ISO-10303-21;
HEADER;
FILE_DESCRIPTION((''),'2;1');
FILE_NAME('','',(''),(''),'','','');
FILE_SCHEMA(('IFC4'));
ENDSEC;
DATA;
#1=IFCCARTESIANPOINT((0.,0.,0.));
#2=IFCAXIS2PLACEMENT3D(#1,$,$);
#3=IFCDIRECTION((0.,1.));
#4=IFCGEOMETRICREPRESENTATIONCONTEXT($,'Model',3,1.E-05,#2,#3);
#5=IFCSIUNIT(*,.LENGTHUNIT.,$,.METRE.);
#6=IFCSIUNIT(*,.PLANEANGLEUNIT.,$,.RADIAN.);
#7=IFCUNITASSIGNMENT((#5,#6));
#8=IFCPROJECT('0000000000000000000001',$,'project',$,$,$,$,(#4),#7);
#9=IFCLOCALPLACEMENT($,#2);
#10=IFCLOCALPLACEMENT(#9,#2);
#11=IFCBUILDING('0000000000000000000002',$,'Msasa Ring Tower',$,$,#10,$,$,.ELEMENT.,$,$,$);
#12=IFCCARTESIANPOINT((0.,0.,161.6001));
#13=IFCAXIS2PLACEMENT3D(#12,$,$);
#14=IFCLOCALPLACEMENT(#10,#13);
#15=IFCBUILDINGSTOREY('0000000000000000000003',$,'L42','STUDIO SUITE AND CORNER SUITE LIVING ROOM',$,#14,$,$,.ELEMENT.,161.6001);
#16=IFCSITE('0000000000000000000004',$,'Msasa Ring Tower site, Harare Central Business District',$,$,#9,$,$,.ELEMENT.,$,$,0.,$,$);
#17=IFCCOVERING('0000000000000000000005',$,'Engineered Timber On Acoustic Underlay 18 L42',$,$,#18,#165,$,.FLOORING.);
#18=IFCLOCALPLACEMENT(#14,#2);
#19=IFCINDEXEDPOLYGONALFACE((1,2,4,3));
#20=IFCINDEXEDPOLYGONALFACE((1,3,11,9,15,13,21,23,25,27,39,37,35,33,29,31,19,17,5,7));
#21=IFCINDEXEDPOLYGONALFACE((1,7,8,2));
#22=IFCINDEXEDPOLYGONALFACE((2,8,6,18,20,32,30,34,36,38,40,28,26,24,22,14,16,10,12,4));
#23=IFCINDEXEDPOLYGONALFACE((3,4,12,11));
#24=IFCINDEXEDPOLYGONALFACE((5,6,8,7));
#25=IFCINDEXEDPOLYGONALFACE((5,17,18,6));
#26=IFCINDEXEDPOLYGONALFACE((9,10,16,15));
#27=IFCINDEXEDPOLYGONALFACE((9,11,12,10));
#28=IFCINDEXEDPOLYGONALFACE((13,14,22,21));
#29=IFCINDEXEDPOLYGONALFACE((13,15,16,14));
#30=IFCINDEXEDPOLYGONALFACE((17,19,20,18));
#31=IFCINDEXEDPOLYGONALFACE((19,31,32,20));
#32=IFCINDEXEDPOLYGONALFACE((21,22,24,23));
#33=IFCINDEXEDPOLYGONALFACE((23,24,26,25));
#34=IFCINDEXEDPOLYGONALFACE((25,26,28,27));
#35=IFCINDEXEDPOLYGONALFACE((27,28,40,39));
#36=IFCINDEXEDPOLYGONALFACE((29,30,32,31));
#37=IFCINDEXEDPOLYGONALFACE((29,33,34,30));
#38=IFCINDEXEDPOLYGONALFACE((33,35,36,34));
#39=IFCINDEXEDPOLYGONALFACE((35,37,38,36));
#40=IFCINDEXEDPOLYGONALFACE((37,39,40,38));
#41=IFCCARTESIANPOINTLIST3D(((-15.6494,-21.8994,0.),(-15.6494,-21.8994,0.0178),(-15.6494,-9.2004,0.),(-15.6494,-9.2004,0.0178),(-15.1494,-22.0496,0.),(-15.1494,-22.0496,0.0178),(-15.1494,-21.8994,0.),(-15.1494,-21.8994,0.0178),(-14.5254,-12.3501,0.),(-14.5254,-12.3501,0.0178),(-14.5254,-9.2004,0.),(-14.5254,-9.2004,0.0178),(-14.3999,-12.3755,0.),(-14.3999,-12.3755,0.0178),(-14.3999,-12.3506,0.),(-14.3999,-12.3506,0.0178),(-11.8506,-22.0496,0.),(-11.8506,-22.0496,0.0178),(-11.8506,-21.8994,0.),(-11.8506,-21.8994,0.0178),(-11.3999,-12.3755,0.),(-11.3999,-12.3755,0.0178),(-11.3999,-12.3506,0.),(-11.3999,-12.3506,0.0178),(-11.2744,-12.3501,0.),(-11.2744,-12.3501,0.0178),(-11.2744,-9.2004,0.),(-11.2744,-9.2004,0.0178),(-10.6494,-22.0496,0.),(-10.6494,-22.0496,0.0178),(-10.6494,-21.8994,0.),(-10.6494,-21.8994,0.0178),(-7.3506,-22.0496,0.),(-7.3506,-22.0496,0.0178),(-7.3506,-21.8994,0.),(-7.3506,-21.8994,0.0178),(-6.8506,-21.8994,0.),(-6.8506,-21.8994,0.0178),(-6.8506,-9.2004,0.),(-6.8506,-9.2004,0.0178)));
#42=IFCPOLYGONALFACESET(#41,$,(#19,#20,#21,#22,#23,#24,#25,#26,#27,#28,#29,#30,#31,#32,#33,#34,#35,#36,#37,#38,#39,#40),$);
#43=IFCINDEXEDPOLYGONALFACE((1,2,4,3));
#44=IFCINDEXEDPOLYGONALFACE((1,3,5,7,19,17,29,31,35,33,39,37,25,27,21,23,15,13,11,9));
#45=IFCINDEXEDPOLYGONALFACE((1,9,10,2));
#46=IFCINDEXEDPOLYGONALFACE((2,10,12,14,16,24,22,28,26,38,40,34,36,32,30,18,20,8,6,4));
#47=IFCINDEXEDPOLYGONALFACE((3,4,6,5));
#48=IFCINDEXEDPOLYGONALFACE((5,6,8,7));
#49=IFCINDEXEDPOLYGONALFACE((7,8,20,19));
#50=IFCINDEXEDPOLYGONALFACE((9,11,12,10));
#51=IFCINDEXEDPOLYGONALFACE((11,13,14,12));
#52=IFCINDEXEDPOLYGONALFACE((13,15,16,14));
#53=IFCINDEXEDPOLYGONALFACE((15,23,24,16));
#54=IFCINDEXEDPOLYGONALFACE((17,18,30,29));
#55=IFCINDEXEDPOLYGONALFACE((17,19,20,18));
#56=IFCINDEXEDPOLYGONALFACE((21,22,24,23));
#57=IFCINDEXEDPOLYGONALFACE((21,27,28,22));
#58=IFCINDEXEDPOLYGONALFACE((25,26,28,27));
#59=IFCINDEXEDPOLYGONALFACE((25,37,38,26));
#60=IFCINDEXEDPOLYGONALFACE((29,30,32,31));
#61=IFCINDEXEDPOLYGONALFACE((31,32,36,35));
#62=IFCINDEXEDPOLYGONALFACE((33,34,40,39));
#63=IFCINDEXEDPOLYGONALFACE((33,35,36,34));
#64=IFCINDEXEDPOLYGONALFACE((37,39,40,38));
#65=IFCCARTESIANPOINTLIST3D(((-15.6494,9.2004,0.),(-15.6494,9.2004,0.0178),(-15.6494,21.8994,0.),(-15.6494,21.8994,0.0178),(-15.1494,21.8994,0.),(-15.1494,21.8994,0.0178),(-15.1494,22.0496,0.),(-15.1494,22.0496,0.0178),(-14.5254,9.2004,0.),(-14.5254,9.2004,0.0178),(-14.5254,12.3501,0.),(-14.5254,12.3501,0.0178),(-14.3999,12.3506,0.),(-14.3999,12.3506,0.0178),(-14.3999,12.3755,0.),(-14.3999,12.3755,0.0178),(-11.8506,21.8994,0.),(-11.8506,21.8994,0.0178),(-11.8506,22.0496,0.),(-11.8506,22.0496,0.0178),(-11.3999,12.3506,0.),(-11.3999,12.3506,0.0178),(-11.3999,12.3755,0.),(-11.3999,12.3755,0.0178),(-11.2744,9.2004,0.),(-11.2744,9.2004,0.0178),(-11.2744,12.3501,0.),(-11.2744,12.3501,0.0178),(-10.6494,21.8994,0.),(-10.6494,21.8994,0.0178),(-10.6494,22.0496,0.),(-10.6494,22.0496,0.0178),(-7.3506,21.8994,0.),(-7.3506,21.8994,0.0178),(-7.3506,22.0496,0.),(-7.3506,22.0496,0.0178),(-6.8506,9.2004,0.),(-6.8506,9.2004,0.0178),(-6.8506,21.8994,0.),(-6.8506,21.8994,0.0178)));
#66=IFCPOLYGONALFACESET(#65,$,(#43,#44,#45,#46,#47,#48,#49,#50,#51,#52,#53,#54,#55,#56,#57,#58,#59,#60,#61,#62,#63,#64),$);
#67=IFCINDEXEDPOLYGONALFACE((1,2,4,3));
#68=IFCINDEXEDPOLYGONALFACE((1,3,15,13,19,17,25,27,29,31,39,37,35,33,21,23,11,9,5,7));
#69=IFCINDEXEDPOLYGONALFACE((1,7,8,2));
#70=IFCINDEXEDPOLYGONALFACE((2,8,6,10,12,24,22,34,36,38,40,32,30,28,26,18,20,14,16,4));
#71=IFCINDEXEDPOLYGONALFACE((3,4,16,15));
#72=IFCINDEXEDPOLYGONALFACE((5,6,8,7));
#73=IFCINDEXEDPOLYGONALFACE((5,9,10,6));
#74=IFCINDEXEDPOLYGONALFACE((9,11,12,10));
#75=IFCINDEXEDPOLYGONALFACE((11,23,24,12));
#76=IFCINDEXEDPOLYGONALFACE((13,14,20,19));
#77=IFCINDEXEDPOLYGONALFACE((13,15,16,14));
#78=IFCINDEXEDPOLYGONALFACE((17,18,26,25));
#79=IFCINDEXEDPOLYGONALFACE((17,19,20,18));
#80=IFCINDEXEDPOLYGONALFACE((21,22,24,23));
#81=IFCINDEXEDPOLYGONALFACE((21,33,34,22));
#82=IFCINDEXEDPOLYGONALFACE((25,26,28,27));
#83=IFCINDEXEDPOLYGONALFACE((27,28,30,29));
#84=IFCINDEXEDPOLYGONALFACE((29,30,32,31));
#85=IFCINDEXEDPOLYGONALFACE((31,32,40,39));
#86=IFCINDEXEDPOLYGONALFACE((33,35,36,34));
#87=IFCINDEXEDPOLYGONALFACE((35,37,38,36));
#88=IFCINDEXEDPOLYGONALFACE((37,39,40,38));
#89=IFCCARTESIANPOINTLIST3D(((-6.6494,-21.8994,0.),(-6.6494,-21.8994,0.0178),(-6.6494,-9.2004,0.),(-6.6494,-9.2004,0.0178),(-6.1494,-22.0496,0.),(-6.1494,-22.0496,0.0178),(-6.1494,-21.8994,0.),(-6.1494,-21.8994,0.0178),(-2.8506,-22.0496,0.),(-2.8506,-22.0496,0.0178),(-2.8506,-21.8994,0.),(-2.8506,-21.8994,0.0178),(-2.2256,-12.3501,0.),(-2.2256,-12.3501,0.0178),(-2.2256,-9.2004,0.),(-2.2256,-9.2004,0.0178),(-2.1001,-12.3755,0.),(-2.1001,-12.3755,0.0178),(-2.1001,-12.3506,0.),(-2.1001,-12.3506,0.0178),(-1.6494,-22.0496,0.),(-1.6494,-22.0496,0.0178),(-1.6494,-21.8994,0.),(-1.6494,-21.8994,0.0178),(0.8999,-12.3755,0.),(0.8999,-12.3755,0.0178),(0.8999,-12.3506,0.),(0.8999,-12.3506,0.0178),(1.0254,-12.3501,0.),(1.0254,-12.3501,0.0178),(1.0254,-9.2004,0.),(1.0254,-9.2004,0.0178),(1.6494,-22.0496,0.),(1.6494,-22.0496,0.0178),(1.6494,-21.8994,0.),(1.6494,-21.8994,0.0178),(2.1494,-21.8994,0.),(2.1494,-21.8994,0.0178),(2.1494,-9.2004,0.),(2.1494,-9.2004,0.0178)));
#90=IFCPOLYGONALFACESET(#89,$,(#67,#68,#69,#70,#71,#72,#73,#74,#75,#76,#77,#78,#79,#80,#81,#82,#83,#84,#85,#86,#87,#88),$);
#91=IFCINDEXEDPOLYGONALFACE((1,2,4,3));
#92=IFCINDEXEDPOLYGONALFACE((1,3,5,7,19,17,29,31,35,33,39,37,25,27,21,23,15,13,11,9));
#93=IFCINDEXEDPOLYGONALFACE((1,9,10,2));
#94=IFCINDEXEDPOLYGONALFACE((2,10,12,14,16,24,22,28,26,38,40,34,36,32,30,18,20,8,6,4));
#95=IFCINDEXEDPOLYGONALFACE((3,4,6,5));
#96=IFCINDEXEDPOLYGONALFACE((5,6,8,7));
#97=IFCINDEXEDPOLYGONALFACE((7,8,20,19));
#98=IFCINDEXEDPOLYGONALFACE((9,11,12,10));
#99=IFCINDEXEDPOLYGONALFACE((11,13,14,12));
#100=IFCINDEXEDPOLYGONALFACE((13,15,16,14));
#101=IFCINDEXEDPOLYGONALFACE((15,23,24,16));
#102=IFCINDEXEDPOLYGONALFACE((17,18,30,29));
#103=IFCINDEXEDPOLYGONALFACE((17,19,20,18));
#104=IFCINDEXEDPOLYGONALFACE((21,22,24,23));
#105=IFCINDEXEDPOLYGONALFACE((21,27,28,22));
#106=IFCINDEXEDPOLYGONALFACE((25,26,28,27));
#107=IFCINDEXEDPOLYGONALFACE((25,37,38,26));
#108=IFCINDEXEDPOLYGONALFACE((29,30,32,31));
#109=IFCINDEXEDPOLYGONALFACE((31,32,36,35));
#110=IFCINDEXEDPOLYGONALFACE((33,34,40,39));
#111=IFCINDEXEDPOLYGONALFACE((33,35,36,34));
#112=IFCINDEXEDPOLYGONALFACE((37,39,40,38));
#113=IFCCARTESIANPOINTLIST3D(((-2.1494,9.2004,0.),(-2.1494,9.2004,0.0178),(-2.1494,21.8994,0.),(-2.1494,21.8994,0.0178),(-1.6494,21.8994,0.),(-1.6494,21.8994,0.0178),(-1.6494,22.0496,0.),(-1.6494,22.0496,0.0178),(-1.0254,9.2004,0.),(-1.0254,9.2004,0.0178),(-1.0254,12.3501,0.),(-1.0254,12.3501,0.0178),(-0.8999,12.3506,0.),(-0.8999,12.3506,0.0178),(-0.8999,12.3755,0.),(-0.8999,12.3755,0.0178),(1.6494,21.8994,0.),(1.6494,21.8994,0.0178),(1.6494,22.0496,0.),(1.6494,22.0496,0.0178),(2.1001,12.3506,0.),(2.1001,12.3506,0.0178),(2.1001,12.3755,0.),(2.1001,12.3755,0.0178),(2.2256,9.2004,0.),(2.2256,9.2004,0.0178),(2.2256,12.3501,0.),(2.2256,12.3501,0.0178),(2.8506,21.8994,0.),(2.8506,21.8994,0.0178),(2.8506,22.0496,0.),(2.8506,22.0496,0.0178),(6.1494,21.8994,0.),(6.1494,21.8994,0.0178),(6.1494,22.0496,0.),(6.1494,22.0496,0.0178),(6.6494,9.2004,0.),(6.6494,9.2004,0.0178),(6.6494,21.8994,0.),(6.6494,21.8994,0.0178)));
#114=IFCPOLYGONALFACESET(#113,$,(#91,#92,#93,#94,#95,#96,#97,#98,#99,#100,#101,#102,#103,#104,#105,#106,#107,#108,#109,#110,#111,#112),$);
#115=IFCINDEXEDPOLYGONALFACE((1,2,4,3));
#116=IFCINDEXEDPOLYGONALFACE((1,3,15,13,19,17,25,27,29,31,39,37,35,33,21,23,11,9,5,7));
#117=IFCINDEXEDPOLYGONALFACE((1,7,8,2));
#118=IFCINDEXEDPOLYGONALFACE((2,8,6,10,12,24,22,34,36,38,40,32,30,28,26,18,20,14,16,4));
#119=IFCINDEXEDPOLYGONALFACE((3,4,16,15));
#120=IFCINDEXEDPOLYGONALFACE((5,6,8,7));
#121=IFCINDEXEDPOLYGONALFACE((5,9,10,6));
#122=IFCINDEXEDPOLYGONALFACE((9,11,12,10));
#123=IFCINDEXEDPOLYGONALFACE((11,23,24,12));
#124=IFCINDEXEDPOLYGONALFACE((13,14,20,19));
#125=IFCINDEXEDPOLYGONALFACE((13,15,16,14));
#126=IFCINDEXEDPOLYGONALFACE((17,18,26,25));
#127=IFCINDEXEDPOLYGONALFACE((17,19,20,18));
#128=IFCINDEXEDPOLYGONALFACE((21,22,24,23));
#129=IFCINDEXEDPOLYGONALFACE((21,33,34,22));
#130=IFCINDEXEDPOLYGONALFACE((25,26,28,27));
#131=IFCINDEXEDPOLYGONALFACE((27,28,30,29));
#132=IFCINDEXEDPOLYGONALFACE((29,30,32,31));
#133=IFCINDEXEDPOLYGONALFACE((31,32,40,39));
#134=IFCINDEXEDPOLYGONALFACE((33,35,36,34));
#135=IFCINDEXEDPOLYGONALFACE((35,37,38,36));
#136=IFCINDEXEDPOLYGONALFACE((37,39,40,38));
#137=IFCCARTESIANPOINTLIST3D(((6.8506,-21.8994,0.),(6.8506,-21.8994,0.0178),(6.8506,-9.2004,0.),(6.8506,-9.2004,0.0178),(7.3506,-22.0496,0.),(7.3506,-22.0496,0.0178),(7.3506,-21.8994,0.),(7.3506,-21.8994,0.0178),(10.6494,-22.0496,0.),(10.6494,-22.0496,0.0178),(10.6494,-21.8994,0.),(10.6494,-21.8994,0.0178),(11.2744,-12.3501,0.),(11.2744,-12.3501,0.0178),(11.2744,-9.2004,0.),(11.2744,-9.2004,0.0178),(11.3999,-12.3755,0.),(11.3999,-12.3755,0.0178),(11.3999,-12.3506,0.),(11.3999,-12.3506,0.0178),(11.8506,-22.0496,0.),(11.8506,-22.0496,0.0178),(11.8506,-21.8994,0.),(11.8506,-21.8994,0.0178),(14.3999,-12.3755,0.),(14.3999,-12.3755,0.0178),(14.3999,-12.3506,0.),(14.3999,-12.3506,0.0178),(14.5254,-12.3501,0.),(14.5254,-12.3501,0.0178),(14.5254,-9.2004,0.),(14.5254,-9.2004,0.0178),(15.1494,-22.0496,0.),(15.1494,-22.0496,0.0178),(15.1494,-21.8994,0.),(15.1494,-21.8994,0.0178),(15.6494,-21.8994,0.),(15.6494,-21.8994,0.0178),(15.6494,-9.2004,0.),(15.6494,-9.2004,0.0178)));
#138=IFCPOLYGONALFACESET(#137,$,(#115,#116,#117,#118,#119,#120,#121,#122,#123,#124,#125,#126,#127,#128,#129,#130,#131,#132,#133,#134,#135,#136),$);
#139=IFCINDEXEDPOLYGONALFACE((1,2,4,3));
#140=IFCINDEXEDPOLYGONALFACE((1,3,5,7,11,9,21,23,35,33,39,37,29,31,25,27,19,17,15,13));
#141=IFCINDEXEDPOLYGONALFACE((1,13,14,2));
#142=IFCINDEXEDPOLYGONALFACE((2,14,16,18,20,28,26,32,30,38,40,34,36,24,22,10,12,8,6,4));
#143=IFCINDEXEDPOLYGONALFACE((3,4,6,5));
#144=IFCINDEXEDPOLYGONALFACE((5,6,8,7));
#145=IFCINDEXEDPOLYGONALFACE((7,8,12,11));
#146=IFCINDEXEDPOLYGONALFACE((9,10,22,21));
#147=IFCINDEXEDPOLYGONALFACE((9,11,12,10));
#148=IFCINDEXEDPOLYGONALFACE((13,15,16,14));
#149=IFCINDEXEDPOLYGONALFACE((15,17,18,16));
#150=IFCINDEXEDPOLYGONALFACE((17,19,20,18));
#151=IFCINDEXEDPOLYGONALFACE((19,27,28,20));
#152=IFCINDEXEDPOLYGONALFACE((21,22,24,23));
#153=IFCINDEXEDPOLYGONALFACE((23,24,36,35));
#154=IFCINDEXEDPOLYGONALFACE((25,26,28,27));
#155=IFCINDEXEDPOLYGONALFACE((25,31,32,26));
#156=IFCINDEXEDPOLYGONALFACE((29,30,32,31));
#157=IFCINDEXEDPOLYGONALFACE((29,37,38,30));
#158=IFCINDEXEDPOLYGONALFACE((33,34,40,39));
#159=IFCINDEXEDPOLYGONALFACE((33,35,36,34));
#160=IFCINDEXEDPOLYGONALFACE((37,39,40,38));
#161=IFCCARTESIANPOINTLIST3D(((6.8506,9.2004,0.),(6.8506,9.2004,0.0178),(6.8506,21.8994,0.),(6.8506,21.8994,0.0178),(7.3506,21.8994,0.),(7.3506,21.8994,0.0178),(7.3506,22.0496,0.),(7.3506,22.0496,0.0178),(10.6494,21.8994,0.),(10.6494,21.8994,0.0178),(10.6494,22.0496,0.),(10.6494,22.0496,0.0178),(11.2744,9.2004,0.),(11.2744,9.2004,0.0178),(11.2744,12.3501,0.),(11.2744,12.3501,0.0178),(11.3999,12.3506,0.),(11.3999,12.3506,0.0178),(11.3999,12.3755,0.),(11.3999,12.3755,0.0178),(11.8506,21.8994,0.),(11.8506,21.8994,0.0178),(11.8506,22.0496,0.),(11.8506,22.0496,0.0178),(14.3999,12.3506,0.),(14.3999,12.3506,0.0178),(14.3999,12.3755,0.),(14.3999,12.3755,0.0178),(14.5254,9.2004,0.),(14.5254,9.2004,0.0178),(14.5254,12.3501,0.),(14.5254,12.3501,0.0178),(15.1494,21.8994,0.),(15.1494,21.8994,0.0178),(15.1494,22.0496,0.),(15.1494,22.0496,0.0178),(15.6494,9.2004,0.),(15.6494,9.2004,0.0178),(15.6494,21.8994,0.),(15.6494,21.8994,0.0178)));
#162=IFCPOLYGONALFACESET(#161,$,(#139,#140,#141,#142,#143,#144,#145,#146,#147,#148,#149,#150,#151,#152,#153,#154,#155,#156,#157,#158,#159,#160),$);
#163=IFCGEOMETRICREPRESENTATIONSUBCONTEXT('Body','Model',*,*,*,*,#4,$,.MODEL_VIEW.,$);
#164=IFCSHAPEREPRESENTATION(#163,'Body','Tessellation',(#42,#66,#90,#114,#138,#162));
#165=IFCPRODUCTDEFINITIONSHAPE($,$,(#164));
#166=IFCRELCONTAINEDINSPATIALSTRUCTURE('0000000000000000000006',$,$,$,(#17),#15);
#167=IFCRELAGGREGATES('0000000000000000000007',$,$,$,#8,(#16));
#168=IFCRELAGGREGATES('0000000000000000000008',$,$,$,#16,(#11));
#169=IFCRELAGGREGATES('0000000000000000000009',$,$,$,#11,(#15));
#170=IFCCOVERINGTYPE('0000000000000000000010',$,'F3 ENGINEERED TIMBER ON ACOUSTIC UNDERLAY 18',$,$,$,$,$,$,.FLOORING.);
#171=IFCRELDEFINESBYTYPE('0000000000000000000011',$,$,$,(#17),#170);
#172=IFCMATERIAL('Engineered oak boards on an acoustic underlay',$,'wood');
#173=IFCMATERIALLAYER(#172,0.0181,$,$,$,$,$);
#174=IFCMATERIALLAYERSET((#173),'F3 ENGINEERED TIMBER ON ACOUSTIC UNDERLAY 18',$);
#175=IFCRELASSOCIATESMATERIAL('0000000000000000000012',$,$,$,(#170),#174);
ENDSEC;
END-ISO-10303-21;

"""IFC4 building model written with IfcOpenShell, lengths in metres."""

from ifc_helpers import new_model, si_unit, direction, frame, origin, place, context, subcontext, project, spatial, line, indexed_curve, outline, extrude, material, layer, layer_set, type_object, element, save


model = new_model("IFC4")

# Units and contexts
model_context = context("Model", 3, precision=1e-05, world=origin(), true_north=direction((0.0, 1.0)))
body_context = subcontext(model_context, "Body", "Model", "MODEL_VIEW")
ifc_project = project(units=[si_unit("LENGTHUNIT", "METRE"), si_unit("PLANEANGLEUNIT", "RADIAN")], contexts=[model_context])

# Site, building, storey
site_placement = place(None, origin())
site = spatial("IfcSite", under=ifc_project, at=site_placement, Name="Msasa Ring Tower site, Harare Central Business District", CompositionType="ELEMENT", RefElevation=0.0)
building_placement = place(site_placement, origin())
building = spatial("IfcBuilding", under=site, at=building_placement, Name="Msasa Ring Tower", CompositionType="ELEMENT")
storey_placement = place(building_placement, frame((0.0, 0.0, 161.6001)))
storey = spatial("IfcBuildingStorey", under=building, at=storey_placement, Name="L42", Description="STUDIO SUITE AND CORNER SUITE LIVING ROOM", CompositionType="ELEMENT", Elevation=161.6001)

# Covering
ifc_material_1 = material(Name="Engineered oak boards on an acoustic underlay", Category="wood")
ifc_layer_1 = layer(ifc_material_1, 0.0181)
ifc_layer_set_1 = layer_set([ifc_layer_1], Name="F3 ENGINEERED TIMBER ON ACOUSTIC UNDERLAY 18")
covering_type_1 = type_object("IfcCoveringType", Name="F3 ENGINEERED TIMBER ON ACOUSTIC UNDERLAY 18", PredefinedType="FLOORING", material=ifc_layer_set_1)
covering_1_placement = place(storey_placement, origin())
element("IfcCovering", 1, at=covering_1_placement, inside=storey, type_object=covering_type_1, Name="Engineered Timber On Acoustic Underlay 18 L42", PredefinedType="FLOORING", context=body_context, shape_type="SweptSolid", body=[
    extrude(outline(indexed_curve([(-14.5254, -9.2004), (-14.5254, -12.3501), (-14.3999, -12.3506), (-14.3999, -12.3755), (-11.3999, -12.3755), (-11.3999, -12.3506), (-11.2744, -12.3501), (-11.2744, -9.2004), (-6.8506, -9.2004), (-6.8506, -21.8994), (-7.3506, -21.8994), (-7.3506, -22.0496), (-10.6494, -22.0496), (-10.6494, -21.8994), (-11.8506, -21.8994), (-11.8506, -22.0496), (-15.1494, -22.0496), (-15.1494, -21.8994), (-15.6494, -21.8994), (-15.6494, -9.2004)], segments=[line(1, 2, 3, 4, 5, 6, 7, 8, 9, 10, 11, 12, 13, 14, 15, 16, 17, 18, 19, 20, 1)], self_intersect=False)), origin(), (0.0, 0.0, 1.0), 0.0178),
    extrude(outline(indexed_curve([(-11.2744, 9.2004), (-11.2744, 12.3501), (-11.3999, 12.3506), (-11.3999, 12.3755), (-14.3999, 12.3755), (-14.3999, 12.3506), (-14.5254, 12.3501), (-14.5254, 9.2004), (-15.6494, 9.2004), (-15.6494, 21.8994), (-15.1494, 21.8994), (-15.1494, 22.0496), (-11.8506, 22.0496), (-11.8506, 21.8994), (-10.6494, 21.8994), (-10.6494, 22.0496), (-7.3506, 22.0496), (-7.3506, 21.8994), (-6.8506, 21.8994), (-6.8506, 9.2004)], segments=[line(1, 2, 3, 4, 5, 6, 7, 8, 9, 10, 11, 12, 13, 14, 15, 16, 17, 18, 19, 20, 1)], self_intersect=False)), origin(), (0.0, 0.0, 1.0), 0.0178),
    extrude(outline(indexed_curve([(-2.1001, -12.3506), (-2.1001, -12.3755), (0.8999, -12.3755), (0.8999, -12.3506), (1.0254, -12.3501), (1.0254, -9.2004), (2.1494, -9.2004), (2.1494, -21.8994), (1.6494, -21.8994), (1.6494, -22.0496), (-1.6494, -22.0496), (-1.6494, -21.8994), (-2.8506, -21.8994), (-2.8506, -22.0496), (-6.1494, -22.0496), (-6.1494, -21.8994), (-6.6494, -21.8994), (-6.6494, -9.2004), (-2.2256, -9.2004), (-2.2256, -12.3501)], segments=[line(1, 2, 3, 4, 5, 6, 7, 8, 9, 10, 11, 12, 13, 14, 15, 16, 17, 18, 19, 20, 1)], self_intersect=False)), origin(), (0.0, 0.0, 1.0), 0.0178),
    extrude(outline(indexed_curve([(2.1001, 12.3506), (2.1001, 12.3755), (-0.8999, 12.3755), (-0.8999, 12.3506), (-1.0254, 12.3501), (-1.0254, 9.2004), (-2.1494, 9.2004), (-2.1494, 21.8994), (-1.6494, 21.8994), (-1.6494, 22.0496), (1.6494, 22.0496), (1.6494, 21.8994), (2.8506, 21.8994), (2.8506, 22.0496), (6.1494, 22.0496), (6.1494, 21.8994), (6.6494, 21.8994), (6.6494, 9.2004), (2.2256, 9.2004), (2.2256, 12.3501)], segments=[line(1, 2, 3, 4, 5, 6, 7, 8, 9, 10, 11, 12, 13, 14, 15, 16, 17, 18, 19, 20, 1)], self_intersect=False)), origin(), (0.0, 0.0, 1.0), 0.0178),
    extrude(outline(indexed_curve([(11.2744, -12.3501), (11.3999, -12.3506), (11.3999, -12.3755), (14.3999, -12.3755), (14.3999, -12.3506), (14.5254, -12.3501), (14.5254, -9.2004), (15.6494, -9.2004), (15.6494, -21.8994), (15.1494, -21.8994), (15.1494, -22.0496), (11.8506, -22.0496), (11.8506, -21.8994), (10.6494, -21.8994), (10.6494, -22.0496), (7.3506, -22.0496), (7.3506, -21.8994), (6.8506, -21.8994), (6.8506, -9.2004), (11.2744, -9.2004)], segments=[line(1, 2, 3, 4, 5, 6, 7, 8, 9, 10, 11, 12, 13, 14, 15, 16, 17, 18, 19, 20, 1)], self_intersect=False)), origin(), (0.0, 0.0, 1.0), 0.0178),
    extrude(outline(indexed_curve([(14.5254, 12.3501), (14.3999, 12.3506), (14.3999, 12.3755), (11.3999, 12.3755), (11.3999, 12.3506), (11.2744, 12.3501), (11.2744, 9.2004), (6.8506, 9.2004), (6.8506, 21.8994), (7.3506, 21.8994), (7.3506, 22.0496), (10.6494, 22.0496), (10.6494, 21.8994), (11.8506, 21.8994), (11.8506, 22.0496), (15.1494, 22.0496), (15.1494, 21.8994), (15.6494, 21.8994), (15.6494, 9.2004), (14.5254, 9.2004)], segments=[line(1, 2, 3, 4, 5, 6, 7, 8, 9, 10, 11, 12, 13, 14, 15, 16, 17, 18, 19, 20, 1)], self_intersect=False)), origin(), (0.0, 0.0, 1.0), 0.0178),
])

save(model, "model.ifc")
